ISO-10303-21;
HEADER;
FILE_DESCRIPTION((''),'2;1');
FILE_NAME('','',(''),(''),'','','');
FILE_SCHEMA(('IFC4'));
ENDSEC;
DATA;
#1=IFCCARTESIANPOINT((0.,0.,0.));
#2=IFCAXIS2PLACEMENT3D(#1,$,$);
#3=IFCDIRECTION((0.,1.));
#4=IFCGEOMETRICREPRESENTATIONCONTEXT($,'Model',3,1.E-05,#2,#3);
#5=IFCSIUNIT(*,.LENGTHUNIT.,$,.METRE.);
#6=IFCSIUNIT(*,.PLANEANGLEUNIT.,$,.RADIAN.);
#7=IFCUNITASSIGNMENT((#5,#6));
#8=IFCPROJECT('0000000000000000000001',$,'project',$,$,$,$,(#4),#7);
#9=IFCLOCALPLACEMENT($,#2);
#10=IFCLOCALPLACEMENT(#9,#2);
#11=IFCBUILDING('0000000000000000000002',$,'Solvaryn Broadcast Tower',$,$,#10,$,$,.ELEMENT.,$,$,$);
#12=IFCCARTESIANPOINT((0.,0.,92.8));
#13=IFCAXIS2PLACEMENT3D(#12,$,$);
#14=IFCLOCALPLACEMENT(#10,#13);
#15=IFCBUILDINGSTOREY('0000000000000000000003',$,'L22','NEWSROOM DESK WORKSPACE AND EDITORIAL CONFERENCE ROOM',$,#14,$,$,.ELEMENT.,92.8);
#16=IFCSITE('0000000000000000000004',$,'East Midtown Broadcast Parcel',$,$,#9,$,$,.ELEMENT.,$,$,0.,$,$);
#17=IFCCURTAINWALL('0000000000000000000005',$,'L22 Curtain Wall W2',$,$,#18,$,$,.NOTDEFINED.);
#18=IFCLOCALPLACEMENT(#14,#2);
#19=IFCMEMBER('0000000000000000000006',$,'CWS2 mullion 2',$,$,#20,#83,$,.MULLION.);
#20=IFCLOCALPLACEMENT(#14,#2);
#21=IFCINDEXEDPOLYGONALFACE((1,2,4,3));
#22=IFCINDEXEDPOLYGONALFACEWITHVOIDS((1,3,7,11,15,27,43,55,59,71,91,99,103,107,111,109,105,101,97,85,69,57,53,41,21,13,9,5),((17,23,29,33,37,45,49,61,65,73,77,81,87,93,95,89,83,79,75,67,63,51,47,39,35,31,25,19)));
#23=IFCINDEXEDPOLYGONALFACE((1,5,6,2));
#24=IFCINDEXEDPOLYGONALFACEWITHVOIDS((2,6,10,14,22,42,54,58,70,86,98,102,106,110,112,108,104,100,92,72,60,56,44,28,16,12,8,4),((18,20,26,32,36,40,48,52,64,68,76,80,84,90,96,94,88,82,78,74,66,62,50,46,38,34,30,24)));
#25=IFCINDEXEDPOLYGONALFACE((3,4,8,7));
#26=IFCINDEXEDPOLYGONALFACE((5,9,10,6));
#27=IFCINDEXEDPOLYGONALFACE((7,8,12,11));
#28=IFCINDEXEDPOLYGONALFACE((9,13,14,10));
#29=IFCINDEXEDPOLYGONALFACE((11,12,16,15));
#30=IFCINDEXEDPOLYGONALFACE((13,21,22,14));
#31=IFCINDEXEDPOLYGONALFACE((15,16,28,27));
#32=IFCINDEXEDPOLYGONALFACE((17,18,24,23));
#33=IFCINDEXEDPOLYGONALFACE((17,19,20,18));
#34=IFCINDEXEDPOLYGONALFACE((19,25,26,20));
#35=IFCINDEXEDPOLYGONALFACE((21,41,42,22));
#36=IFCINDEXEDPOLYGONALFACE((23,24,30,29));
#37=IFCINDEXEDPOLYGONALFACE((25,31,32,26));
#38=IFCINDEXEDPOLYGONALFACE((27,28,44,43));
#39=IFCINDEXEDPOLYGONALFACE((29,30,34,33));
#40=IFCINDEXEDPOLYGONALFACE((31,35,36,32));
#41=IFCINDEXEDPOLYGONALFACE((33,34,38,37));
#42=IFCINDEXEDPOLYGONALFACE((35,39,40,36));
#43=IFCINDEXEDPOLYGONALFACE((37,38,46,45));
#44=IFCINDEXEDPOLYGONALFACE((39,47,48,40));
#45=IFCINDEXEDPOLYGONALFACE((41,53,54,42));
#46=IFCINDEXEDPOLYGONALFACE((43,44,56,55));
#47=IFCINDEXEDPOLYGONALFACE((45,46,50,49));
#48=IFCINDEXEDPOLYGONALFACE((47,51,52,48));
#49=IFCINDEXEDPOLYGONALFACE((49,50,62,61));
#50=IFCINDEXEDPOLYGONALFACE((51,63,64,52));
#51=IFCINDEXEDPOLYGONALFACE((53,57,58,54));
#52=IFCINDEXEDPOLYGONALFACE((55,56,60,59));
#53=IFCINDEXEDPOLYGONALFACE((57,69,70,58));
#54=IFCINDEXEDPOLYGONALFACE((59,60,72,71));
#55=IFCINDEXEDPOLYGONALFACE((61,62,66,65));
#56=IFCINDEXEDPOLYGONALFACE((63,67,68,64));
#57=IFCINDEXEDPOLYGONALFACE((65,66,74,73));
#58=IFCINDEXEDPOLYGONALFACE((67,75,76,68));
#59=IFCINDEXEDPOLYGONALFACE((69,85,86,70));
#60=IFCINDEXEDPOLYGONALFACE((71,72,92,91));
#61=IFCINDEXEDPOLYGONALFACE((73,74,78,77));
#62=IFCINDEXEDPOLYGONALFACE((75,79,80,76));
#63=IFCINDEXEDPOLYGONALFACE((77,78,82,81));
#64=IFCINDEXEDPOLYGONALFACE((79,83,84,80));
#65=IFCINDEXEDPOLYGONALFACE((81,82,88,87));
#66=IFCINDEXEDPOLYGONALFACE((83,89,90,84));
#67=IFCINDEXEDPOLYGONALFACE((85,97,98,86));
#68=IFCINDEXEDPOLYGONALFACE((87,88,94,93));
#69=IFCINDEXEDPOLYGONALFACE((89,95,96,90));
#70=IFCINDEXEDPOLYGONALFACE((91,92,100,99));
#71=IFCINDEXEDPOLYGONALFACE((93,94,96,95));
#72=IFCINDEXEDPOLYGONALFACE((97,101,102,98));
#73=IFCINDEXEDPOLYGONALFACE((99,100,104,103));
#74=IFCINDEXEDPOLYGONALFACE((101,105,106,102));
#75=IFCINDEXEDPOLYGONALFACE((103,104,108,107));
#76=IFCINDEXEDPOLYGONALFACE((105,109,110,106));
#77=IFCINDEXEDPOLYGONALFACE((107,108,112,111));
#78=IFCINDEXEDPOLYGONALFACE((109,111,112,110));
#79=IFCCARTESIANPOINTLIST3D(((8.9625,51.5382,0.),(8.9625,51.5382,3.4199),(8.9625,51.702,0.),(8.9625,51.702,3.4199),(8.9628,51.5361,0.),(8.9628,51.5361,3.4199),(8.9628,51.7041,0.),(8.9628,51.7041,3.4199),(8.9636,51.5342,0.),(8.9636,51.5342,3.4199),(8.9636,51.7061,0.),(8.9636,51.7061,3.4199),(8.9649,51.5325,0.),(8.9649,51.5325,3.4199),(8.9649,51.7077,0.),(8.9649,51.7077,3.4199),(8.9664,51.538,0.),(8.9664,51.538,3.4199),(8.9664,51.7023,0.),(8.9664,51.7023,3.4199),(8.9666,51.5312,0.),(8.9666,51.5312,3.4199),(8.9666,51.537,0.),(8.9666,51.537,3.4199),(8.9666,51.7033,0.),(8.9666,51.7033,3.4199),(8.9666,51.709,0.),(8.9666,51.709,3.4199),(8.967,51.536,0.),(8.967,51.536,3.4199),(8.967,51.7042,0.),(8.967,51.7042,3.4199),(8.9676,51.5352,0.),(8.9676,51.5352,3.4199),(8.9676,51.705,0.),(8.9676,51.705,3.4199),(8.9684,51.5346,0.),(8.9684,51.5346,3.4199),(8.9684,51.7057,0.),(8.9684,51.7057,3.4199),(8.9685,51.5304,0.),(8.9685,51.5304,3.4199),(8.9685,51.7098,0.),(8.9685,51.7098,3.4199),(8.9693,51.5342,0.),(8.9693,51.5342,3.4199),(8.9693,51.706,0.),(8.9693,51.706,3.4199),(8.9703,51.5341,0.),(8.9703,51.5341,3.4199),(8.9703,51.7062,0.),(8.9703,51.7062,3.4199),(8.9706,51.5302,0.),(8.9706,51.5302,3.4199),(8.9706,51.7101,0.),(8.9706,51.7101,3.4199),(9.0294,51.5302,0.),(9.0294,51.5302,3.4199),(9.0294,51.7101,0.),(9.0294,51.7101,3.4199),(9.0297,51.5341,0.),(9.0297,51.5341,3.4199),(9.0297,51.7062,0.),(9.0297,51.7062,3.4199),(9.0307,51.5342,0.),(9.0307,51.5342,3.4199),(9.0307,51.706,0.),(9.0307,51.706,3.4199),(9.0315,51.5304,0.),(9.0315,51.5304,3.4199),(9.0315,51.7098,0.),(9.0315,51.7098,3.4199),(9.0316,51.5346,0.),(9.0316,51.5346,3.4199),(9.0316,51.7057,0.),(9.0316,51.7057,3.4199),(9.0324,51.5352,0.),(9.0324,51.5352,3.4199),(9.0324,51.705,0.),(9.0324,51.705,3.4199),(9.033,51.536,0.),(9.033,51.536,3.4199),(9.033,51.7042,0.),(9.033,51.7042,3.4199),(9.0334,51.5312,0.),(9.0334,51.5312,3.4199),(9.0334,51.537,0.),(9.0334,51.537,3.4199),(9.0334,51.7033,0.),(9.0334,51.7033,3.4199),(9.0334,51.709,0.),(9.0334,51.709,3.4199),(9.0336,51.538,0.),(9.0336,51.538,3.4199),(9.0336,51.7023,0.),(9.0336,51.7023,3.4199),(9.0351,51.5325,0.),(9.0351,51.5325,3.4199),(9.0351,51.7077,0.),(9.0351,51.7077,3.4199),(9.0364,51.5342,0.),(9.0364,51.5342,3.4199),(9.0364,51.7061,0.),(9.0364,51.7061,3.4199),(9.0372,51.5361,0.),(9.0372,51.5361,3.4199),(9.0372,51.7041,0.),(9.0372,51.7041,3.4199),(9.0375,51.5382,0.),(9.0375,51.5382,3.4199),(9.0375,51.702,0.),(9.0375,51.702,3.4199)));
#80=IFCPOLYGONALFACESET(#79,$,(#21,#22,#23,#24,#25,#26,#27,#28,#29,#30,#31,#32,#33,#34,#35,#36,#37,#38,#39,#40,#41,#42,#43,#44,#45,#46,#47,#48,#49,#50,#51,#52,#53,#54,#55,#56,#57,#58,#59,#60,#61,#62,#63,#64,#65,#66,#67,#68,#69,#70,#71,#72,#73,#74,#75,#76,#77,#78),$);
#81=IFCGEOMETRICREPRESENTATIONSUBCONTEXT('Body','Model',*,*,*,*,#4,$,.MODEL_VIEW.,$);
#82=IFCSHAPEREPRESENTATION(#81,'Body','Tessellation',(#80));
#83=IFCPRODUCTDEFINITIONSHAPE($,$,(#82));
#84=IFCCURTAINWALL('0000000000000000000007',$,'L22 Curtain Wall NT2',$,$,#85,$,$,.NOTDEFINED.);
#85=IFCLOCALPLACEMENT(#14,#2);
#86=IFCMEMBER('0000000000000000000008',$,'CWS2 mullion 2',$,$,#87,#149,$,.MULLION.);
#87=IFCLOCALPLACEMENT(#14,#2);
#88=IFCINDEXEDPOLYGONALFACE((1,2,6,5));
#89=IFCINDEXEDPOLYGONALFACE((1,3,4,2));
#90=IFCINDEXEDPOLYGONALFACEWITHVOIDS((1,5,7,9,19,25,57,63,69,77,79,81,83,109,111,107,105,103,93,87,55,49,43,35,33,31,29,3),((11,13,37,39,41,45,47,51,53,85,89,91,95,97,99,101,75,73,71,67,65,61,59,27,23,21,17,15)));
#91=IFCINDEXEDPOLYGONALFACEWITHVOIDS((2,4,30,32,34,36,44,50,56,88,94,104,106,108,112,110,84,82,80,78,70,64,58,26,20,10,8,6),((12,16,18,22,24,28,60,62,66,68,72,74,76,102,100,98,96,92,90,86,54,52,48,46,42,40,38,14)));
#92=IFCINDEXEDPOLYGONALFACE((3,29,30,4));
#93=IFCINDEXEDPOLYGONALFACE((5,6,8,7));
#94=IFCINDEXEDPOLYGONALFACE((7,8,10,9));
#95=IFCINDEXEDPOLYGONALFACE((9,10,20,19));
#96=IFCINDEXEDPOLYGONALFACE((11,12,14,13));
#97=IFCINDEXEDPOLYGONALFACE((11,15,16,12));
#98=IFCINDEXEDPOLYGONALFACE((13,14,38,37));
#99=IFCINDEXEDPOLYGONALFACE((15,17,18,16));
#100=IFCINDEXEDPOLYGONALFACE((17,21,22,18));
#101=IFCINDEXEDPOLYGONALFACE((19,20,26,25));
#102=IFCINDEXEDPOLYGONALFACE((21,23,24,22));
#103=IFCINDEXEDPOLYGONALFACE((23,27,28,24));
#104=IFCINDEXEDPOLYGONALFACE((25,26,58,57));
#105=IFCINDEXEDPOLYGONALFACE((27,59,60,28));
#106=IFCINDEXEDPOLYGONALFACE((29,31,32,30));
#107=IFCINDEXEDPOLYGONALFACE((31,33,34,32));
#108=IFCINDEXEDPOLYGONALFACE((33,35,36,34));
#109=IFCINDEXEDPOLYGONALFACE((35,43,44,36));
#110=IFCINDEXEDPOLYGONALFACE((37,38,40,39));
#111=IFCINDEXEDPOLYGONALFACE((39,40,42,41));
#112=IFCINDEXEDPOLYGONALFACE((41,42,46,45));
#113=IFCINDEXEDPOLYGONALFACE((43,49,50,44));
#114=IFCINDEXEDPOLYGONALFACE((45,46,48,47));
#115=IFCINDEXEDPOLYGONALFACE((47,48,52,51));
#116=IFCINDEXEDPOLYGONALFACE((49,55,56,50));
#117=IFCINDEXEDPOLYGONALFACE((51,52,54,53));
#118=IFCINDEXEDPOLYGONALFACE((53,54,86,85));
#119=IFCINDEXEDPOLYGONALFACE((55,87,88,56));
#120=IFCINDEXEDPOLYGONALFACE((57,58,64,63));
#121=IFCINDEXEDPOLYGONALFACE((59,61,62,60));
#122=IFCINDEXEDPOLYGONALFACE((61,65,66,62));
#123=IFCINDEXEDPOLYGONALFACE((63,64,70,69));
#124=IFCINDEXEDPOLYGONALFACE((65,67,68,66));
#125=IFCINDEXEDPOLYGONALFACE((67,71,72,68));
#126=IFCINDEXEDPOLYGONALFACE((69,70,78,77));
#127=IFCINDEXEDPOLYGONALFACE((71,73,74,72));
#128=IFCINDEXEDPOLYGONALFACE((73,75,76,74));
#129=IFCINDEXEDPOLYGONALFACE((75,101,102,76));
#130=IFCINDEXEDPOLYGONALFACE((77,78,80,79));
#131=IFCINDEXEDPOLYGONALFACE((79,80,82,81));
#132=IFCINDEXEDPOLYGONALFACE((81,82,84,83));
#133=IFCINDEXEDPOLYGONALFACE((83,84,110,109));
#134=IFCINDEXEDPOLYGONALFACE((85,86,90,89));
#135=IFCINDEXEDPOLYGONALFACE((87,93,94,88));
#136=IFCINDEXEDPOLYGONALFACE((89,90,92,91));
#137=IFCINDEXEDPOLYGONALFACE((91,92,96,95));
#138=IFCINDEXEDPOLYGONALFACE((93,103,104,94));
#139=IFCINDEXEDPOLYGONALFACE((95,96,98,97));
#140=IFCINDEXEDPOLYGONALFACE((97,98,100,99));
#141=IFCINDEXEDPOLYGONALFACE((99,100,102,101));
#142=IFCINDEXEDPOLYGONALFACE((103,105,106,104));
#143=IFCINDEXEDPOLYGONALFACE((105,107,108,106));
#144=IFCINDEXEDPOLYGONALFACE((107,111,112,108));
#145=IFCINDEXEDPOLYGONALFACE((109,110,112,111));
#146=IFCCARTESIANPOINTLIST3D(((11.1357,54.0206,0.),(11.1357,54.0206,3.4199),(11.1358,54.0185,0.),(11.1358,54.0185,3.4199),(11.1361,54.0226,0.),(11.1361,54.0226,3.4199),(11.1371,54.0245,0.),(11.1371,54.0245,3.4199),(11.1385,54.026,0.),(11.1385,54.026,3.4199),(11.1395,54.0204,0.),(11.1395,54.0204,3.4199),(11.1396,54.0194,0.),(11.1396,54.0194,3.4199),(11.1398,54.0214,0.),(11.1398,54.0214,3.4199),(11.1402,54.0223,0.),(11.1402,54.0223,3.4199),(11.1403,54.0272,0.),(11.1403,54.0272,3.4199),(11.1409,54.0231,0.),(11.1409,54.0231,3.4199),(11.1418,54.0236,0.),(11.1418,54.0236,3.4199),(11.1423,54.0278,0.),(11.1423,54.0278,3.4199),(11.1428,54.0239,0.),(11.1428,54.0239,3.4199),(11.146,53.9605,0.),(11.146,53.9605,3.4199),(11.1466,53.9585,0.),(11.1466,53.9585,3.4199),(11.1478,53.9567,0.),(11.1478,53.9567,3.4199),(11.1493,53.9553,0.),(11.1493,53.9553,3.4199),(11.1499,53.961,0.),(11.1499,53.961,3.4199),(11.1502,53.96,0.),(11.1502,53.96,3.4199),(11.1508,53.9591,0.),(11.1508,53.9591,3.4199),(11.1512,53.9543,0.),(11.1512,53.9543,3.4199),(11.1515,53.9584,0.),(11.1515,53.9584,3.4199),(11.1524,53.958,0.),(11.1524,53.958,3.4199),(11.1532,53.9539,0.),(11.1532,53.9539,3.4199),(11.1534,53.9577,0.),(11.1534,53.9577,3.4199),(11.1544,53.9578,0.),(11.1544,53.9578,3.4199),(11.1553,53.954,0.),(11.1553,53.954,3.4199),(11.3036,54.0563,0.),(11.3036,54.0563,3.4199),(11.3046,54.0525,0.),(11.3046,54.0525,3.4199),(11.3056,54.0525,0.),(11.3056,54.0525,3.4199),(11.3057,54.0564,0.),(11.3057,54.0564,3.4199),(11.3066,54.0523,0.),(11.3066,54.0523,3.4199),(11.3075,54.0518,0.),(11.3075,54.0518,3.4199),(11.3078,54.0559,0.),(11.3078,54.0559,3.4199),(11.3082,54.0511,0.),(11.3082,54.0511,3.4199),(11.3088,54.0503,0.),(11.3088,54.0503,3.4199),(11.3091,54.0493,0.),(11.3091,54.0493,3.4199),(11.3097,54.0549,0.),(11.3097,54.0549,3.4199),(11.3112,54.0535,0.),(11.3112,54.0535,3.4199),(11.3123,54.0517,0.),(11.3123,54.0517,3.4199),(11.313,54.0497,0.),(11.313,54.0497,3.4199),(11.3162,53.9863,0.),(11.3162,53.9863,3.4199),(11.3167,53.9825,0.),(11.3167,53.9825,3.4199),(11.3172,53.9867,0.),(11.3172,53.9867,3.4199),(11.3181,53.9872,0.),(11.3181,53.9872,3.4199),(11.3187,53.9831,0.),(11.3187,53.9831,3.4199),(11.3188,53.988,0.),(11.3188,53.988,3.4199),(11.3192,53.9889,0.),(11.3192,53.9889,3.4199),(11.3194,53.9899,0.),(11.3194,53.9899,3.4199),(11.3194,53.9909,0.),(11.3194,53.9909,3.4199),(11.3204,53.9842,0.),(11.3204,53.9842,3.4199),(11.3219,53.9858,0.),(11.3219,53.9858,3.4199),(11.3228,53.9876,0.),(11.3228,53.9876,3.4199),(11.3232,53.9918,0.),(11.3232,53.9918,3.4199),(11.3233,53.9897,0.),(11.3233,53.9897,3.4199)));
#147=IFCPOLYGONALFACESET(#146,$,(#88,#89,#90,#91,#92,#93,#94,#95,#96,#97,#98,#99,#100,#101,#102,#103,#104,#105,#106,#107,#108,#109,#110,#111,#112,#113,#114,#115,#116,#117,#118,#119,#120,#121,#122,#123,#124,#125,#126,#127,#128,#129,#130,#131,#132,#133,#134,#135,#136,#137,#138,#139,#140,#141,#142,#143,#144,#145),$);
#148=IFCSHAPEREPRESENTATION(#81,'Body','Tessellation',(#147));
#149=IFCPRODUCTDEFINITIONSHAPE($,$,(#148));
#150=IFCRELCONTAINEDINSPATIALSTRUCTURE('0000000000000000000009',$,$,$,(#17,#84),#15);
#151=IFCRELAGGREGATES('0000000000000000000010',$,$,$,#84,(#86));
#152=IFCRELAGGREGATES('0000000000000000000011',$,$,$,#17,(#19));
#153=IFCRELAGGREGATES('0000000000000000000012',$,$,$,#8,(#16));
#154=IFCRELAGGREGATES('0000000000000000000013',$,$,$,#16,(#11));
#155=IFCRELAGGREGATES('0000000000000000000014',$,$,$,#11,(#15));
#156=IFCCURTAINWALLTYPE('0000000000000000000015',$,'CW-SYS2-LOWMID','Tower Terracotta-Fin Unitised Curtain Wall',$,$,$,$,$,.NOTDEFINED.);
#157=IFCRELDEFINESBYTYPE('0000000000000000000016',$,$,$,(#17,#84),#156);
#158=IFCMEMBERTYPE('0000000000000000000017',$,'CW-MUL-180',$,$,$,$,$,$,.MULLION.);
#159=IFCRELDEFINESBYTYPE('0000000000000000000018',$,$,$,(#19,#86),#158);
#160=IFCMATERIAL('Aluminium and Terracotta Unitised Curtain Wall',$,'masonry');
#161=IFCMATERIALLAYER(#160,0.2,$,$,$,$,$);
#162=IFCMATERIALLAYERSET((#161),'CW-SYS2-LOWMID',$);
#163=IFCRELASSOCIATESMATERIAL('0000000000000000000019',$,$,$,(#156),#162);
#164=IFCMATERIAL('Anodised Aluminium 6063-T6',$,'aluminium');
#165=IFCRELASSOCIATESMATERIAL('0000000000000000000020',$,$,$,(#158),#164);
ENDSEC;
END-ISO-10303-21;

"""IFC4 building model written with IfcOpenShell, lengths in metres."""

from ifc_helpers import new_model, si_unit, direction, frame, origin, origin_2d, place, context, subcontext, project, spatial, hollow_rectangle, extrude, material, layer, layer_set, material_profile, profile_set, type_object, element, aggregate, save


model = new_model("IFC4")

# Units and contexts
model_context = context("Model", 3, precision=1e-05, world=origin(), true_north=direction((0.0, 1.0)))
body_context = subcontext(model_context, "Body", "Model", "MODEL_VIEW")
ifc_project = project(units=[si_unit("LENGTHUNIT", "METRE"), si_unit("PLANEANGLEUNIT", "RADIAN")], contexts=[model_context])

# Site, building, storey
site_placement = place(None, origin())
site = spatial("IfcSite", under=ifc_project, at=site_placement, Name="East Midtown Broadcast Parcel", CompositionType="ELEMENT", RefElevation=0.0)
building_placement = place(site_placement, origin())
building = spatial("IfcBuilding", under=site, at=building_placement, Name="Solvaryn Broadcast Tower", CompositionType="ELEMENT")
storey_placement = place(building_placement, frame((0.0, 0.0, 92.8)))
storey = spatial("IfcBuildingStorey", under=building, at=storey_placement, Name="L22", Description="NEWSROOM DESK WORKSPACE AND EDITORIAL CONFERENCE ROOM", CompositionType="ELEMENT", Elevation=92.8)

# Shared definitions
ifc_material_1 = material(Name="Aluminium and Terracotta Unitised Curtain Wall", Category="masonry")
ifc_layer_1 = layer(ifc_material_1, 0.2)
ifc_layer_set_1 = layer_set([ifc_layer_1], Name="CW-SYS2-LOWMID")
curtain_wall_type = type_object("IfcCurtainWallType", Name="CW-SYS2-LOWMID", Description="Tower Terracotta-Fin Unitised Curtain Wall", PredefinedType="NOTDEFINED", material=ifc_layer_set_1)
ifc_material_2 = material(Name="Anodised Aluminium 6063-T6", Category="aluminium")
ifc_material_profile_1 = material_profile(ifc_material_2, hollow_rectangle(XDim=0.075, YDim=0.1799, WallThickness=0.0039, InnerFilletRadius=0.0039, OuterFilletRadius=0.0081, at=origin_2d()))
ifc_profile_set_1 = profile_set([ifc_material_profile_1], Name="Anodised Aluminium 6063-T6")
member_type_1 = type_object("IfcMemberType", Name="CW-MUL-180", PredefinedType="MULLION", material=ifc_profile_set_1)

# Curtain wall, member
curtain_wall_1_placement = place(storey_placement, origin())
curtain_wall_1 = element("IfcCurtainWall", 1, at=curtain_wall_1_placement, inside=storey, type_object=curtain_wall_type, Name="L22 Curtain Wall W2", PredefinedType="NOTDEFINED")
member_1_placement = place(storey_placement, frame((9.0, 51.6201, 0.0), z_axis=(0.0, 0.0, 1.0), x_axis=(-1.0, 0.0, 0.0)))
member_1 = element("IfcMember", 2, at=member_1_placement, type_object=member_type_1, Name="CWS2 mullion 2", PredefinedType="MULLION", context=body_context, shape_type="SweptSolid", body=[
    extrude(hollow_rectangle(XDim=0.075, YDim=0.1799, WallThickness=0.0039, InnerFilletRadius=0.0039, OuterFilletRadius=0.0081, at=origin_2d()), origin(), (0.0, 0.0, 1.0), 3.4199),
])

# Curtain wall, member
curtain_wall_2_placement = place(storey_placement, origin())
curtain_wall_2 = element("IfcCurtainWall", 3, at=curtain_wall_2_placement, inside=storey, type_object=curtain_wall_type, Name="L22 Curtain Wall NT2", PredefinedType="NOTDEFINED")
member_2_placement = place(storey_placement, frame((11.2295, 54.0051, 0.0), z_axis=(0.0, 0.0, 1.0), x_axis=(0.173785, -0.984784, 0.0)))
member_2 = element("IfcMember", 4, at=member_2_placement, type_object=member_type_1, Name="CWS2 mullion 2", PredefinedType="MULLION", context=body_context, shape_type="SweptSolid", body=[
    extrude(hollow_rectangle(XDim=0.075, YDim=0.1799, WallThickness=0.0039, InnerFilletRadius=0.0039, OuterFilletRadius=0.0081, at=origin_2d()), origin(), (0.0, 0.0, 1.0), 3.4199),
])
aggregate(curtain_wall_2, [member_2])

aggregate(curtain_wall_1, [member_1])

save(model, "model.ifc")
